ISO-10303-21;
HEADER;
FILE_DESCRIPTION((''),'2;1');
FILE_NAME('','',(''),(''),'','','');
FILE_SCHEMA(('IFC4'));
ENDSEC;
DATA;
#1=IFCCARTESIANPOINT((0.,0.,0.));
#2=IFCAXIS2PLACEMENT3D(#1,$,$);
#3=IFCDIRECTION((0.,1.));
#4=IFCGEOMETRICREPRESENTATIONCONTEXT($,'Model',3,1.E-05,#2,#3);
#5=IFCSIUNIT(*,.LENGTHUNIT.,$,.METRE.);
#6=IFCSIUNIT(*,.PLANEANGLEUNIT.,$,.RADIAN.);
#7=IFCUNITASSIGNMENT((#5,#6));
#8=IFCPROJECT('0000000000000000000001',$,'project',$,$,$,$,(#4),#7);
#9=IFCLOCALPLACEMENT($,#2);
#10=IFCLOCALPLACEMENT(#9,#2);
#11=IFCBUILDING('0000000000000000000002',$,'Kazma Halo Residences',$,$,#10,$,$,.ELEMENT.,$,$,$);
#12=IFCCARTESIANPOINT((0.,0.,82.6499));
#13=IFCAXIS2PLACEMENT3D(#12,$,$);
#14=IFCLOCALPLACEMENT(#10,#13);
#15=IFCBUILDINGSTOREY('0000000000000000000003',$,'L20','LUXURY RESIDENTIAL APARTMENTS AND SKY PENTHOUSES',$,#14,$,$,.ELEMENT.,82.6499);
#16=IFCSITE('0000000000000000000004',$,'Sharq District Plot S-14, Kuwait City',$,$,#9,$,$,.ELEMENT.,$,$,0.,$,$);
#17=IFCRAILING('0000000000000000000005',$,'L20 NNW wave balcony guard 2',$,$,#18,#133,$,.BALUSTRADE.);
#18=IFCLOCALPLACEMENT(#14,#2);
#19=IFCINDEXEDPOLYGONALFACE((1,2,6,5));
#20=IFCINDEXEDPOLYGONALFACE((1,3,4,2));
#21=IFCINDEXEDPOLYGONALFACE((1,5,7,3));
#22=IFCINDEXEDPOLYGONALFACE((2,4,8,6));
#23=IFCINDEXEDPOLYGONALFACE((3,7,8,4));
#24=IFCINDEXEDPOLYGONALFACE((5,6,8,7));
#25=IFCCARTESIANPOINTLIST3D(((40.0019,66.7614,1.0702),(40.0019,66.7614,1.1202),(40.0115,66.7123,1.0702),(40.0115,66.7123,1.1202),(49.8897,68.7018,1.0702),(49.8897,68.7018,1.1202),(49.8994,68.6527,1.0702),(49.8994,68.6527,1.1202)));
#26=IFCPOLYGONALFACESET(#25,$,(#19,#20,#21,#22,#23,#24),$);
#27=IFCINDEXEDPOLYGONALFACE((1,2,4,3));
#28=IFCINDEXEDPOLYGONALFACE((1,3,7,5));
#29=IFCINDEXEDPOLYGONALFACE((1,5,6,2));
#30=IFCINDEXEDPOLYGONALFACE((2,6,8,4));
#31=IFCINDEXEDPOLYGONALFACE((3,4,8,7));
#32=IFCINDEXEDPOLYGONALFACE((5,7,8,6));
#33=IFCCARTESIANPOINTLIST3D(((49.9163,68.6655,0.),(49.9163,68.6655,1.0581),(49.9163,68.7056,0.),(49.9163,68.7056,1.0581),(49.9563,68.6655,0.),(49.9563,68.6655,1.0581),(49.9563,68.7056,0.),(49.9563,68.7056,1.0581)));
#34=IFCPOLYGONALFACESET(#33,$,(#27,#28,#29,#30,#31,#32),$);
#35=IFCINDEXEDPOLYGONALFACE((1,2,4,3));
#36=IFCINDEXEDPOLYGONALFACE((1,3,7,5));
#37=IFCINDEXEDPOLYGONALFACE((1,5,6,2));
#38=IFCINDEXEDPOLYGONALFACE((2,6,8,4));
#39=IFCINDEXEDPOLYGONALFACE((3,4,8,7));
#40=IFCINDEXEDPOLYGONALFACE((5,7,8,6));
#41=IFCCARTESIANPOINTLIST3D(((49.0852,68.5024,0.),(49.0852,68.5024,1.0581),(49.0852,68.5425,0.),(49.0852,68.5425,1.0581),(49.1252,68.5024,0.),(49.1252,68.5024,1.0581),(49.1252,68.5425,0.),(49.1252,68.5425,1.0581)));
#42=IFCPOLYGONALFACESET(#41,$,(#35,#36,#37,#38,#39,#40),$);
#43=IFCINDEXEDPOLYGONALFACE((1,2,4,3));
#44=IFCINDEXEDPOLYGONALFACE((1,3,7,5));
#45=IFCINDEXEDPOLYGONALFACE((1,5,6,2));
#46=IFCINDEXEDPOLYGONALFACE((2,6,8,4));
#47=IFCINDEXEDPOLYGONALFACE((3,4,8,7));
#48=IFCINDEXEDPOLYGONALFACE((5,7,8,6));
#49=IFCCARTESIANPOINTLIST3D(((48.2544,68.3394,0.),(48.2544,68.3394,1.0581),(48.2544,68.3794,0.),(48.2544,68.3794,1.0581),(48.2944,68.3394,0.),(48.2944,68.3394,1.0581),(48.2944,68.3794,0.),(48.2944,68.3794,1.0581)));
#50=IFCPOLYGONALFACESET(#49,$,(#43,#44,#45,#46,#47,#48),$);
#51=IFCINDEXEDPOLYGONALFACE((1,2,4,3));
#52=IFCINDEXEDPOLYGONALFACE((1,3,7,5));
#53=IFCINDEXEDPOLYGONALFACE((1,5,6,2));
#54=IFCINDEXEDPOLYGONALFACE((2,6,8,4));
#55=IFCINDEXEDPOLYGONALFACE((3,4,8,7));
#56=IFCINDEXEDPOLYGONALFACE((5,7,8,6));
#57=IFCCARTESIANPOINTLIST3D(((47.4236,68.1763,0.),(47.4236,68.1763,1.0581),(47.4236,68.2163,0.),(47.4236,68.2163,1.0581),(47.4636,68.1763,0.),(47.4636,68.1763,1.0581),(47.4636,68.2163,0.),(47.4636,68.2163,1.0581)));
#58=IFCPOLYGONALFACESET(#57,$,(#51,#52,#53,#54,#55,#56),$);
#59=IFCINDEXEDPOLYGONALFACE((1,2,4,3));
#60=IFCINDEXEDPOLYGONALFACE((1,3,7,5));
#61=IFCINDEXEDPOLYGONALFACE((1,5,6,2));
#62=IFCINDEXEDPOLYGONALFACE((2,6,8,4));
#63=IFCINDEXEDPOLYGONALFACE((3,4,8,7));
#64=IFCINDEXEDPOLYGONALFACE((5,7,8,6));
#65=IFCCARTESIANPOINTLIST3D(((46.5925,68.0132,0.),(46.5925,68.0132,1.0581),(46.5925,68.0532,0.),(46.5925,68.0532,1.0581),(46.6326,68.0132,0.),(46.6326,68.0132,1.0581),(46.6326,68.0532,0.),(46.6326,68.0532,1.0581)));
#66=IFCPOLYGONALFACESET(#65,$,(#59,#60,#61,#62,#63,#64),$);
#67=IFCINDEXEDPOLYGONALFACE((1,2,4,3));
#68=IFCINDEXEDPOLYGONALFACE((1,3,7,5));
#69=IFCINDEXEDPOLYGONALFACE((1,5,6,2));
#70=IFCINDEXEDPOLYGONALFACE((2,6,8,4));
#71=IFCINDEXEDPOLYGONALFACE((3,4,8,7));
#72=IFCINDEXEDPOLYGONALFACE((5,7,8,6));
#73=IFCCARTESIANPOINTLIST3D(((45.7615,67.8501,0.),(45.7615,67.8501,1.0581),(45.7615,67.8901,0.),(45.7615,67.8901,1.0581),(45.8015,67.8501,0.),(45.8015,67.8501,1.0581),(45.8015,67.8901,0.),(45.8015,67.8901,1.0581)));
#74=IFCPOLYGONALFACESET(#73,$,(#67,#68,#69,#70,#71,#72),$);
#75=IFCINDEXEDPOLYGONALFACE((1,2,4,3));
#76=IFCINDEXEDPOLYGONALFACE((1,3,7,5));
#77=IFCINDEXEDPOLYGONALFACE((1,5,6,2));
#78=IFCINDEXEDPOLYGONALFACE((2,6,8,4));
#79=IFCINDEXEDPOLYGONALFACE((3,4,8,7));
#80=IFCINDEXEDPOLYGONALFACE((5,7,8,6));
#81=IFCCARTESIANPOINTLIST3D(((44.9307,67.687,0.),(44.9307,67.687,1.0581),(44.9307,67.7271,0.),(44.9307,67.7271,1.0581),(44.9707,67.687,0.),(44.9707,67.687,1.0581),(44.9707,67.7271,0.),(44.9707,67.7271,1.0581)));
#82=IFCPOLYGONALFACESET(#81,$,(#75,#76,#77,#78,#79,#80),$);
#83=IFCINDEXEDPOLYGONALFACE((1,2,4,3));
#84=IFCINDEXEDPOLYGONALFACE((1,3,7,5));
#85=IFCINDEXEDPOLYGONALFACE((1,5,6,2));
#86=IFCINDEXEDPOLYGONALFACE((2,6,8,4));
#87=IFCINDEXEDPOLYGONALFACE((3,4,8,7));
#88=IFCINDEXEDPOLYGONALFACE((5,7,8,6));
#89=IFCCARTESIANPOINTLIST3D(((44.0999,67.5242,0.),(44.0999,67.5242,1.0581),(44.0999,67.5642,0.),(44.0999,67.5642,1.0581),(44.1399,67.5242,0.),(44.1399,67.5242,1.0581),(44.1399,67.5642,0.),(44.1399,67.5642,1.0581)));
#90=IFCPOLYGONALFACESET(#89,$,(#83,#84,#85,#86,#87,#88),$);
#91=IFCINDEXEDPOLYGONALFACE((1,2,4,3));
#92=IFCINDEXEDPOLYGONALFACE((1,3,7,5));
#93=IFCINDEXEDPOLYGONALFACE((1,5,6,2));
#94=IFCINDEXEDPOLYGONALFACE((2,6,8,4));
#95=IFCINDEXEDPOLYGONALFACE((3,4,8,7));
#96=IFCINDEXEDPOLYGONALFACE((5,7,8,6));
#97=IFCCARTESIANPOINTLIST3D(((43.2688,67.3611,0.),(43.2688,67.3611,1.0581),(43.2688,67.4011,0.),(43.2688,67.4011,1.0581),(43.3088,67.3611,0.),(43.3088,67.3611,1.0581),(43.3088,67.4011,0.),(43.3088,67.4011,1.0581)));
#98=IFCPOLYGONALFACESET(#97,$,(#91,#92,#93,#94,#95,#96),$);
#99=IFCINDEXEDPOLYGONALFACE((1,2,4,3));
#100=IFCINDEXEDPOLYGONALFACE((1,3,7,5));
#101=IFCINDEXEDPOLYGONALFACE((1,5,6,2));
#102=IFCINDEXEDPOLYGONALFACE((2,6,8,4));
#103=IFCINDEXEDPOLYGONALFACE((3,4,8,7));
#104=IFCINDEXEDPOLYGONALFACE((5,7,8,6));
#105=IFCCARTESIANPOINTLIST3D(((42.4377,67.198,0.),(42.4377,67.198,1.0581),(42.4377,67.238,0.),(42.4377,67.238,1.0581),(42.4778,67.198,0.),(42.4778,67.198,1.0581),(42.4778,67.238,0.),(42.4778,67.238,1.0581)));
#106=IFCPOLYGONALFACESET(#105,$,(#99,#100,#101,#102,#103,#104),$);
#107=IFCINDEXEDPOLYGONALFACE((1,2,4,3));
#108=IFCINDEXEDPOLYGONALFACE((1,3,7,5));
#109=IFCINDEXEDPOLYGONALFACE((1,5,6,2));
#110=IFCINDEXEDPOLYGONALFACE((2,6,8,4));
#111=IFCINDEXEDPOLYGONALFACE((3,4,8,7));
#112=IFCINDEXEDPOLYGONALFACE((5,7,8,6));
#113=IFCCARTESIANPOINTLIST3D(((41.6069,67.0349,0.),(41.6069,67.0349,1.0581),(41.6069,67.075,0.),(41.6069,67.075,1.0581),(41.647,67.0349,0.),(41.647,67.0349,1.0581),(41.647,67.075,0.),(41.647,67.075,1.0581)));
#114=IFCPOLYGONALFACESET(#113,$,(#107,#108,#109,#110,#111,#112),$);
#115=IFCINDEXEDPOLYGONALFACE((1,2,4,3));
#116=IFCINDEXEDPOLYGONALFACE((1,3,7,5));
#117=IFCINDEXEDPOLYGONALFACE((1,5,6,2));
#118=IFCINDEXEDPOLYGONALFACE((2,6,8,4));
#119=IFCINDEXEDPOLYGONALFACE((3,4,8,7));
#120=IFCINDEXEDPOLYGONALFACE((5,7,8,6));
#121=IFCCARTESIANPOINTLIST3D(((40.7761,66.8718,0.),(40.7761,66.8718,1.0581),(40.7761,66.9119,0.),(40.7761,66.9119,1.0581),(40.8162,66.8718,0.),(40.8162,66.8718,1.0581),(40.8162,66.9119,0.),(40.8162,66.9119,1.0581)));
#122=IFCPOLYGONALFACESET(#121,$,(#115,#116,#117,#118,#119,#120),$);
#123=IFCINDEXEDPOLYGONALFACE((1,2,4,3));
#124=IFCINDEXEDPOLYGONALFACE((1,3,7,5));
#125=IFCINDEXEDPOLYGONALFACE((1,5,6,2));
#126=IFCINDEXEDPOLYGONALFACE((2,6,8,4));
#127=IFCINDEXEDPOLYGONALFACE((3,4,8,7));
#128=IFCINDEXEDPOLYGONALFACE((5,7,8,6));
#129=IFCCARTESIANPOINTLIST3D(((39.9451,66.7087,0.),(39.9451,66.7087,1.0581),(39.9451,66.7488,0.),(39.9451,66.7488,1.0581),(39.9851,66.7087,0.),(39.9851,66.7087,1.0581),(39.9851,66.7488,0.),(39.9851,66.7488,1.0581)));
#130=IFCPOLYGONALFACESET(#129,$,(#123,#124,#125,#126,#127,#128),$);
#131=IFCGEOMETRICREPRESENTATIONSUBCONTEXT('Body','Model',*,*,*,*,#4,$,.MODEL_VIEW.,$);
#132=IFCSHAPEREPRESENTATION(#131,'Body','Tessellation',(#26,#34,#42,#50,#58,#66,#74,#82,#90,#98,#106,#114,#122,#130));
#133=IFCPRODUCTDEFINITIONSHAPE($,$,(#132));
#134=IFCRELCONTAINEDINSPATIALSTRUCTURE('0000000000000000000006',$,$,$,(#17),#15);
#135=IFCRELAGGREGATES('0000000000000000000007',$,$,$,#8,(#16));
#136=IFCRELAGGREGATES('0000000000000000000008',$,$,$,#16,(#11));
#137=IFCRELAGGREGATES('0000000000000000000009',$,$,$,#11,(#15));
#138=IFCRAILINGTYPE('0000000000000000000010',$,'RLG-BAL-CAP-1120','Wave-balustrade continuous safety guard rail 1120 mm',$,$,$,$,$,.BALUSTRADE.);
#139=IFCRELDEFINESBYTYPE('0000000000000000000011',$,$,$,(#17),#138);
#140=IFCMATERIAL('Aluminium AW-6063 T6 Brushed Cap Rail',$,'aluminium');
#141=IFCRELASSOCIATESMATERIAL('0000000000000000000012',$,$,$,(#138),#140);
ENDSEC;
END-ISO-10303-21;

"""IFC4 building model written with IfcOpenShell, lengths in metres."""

from ifc_helpers import new_model, si_unit, direction, frame, origin, origin_2d, place, context, subcontext, project, spatial, rectangle, extrude, material, type_object, element, save


model = new_model("IFC4")

# Units and contexts
model_context = context("Model", 3, precision=1e-05, world=origin(), true_north=direction((0.0, 1.0)))
body_context = subcontext(model_context, "Body", "Model", "MODEL_VIEW")
ifc_project = project(units=[si_unit("LENGTHUNIT", "METRE"), si_unit("PLANEANGLEUNIT", "RADIAN")], contexts=[model_context])

# Site, building, storey
site_placement = place(None, origin())
site = spatial("IfcSite", under=ifc_project, at=site_placement, Name="Sharq District Plot S-14, Kuwait City", CompositionType="ELEMENT", RefElevation=0.0)
building_placement = place(site_placement, origin())
building = spatial("IfcBuilding", under=site, at=building_placement, Name="Kazma Halo Residences", CompositionType="ELEMENT")
storey_placement = place(building_placement, frame((0.0, 0.0, 82.6499)))
storey = spatial("IfcBuildingStorey", under=building, at=storey_placement, Name="L20", Description="LUXURY RESIDENTIAL APARTMENTS AND SKY PENTHOUSES", CompositionType="ELEMENT", Elevation=82.6499)

# Railing
ifc_material_1 = material(Name="Aluminium AW-6063 T6 Brushed Cap Rail", Category="aluminium")
railing_type = type_object("IfcRailingType", Name="RLG-BAL-CAP-1120", Description="Wave-balustrade continuous safety guard rail 1120 mm", PredefinedType="BALUSTRADE", material=ifc_material_1)
railing_1_placement = place(storey_placement, frame((49.9363, 68.6855, 0.0)))
element("IfcRailing", 1, at=railing_1_placement, inside=storey, type_object=railing_type, Name="L20 NNW wave balcony guard 2", PredefinedType="BALUSTRADE", context=body_context, shape_type="SweptSolid", body=[
    extrude(rectangle(XDim=0.05, YDim=0.05, at=origin_2d()), frame((-0.0417, -0.0083, 1.0952), z_axis=(-0.981283, -0.192571, 0.0), x_axis=(0.192571, -0.981283, 0.0)), (0.0, 0.0, 1.0), 10.0764),
    extrude(rectangle(XDim=0.04, YDim=0.04, at=origin_2d()), origin(), (0.0, 0.0, 1.0), 1.0581),
    extrude(rectangle(XDim=0.04, YDim=0.04, at=origin_2d()), frame((-0.8311, -0.1631, 0.0)), (0.0, 0.0, 1.0), 1.0581),
    extrude(rectangle(XDim=0.04, YDim=0.04, at=origin_2d()), frame((-1.6619, -0.3262, 0.0)), (0.0, 0.0, 1.0), 1.0581),
    extrude(rectangle(XDim=0.04, YDim=0.04, at=origin_2d()), frame((-2.4927, -0.4893, 0.0)), (0.0, 0.0, 1.0), 1.0581),
    extrude(rectangle(XDim=0.04, YDim=0.04, at=origin_2d()), frame((-3.3237, -0.6523, 0.0)), (0.0, 0.0, 1.0), 1.0581),
    extrude(rectangle(XDim=0.04, YDim=0.04, at=origin_2d()), frame((-4.1548, -0.8154, 0.0)), (0.0, 0.0, 1.0), 1.0581),
    extrude(rectangle(XDim=0.04, YDim=0.04, at=origin_2d()), frame((-4.9856, -0.9785, 0.0)), (0.0, 0.0, 1.0), 1.0581),
    extrude(rectangle(XDim=0.04, YDim=0.04, at=origin_2d()), frame((-5.8164, -1.1414, 0.0)), (0.0, 0.0, 1.0), 1.0581),
    extrude(rectangle(XDim=0.04, YDim=0.04, at=origin_2d()), frame((-6.6475, -1.3044, 0.0)), (0.0, 0.0, 1.0), 1.0581),
    extrude(rectangle(XDim=0.04, YDim=0.04, at=origin_2d()), frame((-7.4785, -1.4675, 0.0)), (0.0, 0.0, 1.0), 1.0581),
    extrude(rectangle(XDim=0.04, YDim=0.04, at=origin_2d()), frame((-8.3093, -1.6306, 0.0)), (0.0, 0.0, 1.0), 1.0581),
    extrude(rectangle(XDim=0.04, YDim=0.04, at=origin_2d()), frame((-9.1401, -1.7937, 0.0)), (0.0, 0.0, 1.0), 1.0581),
    extrude(rectangle(XDim=0.04, YDim=0.04, at=origin_2d()), frame((-9.9712, -1.9568, 0.0)), (0.0, 0.0, 1.0), 1.0581),
])

save(model, "model.ifc")
